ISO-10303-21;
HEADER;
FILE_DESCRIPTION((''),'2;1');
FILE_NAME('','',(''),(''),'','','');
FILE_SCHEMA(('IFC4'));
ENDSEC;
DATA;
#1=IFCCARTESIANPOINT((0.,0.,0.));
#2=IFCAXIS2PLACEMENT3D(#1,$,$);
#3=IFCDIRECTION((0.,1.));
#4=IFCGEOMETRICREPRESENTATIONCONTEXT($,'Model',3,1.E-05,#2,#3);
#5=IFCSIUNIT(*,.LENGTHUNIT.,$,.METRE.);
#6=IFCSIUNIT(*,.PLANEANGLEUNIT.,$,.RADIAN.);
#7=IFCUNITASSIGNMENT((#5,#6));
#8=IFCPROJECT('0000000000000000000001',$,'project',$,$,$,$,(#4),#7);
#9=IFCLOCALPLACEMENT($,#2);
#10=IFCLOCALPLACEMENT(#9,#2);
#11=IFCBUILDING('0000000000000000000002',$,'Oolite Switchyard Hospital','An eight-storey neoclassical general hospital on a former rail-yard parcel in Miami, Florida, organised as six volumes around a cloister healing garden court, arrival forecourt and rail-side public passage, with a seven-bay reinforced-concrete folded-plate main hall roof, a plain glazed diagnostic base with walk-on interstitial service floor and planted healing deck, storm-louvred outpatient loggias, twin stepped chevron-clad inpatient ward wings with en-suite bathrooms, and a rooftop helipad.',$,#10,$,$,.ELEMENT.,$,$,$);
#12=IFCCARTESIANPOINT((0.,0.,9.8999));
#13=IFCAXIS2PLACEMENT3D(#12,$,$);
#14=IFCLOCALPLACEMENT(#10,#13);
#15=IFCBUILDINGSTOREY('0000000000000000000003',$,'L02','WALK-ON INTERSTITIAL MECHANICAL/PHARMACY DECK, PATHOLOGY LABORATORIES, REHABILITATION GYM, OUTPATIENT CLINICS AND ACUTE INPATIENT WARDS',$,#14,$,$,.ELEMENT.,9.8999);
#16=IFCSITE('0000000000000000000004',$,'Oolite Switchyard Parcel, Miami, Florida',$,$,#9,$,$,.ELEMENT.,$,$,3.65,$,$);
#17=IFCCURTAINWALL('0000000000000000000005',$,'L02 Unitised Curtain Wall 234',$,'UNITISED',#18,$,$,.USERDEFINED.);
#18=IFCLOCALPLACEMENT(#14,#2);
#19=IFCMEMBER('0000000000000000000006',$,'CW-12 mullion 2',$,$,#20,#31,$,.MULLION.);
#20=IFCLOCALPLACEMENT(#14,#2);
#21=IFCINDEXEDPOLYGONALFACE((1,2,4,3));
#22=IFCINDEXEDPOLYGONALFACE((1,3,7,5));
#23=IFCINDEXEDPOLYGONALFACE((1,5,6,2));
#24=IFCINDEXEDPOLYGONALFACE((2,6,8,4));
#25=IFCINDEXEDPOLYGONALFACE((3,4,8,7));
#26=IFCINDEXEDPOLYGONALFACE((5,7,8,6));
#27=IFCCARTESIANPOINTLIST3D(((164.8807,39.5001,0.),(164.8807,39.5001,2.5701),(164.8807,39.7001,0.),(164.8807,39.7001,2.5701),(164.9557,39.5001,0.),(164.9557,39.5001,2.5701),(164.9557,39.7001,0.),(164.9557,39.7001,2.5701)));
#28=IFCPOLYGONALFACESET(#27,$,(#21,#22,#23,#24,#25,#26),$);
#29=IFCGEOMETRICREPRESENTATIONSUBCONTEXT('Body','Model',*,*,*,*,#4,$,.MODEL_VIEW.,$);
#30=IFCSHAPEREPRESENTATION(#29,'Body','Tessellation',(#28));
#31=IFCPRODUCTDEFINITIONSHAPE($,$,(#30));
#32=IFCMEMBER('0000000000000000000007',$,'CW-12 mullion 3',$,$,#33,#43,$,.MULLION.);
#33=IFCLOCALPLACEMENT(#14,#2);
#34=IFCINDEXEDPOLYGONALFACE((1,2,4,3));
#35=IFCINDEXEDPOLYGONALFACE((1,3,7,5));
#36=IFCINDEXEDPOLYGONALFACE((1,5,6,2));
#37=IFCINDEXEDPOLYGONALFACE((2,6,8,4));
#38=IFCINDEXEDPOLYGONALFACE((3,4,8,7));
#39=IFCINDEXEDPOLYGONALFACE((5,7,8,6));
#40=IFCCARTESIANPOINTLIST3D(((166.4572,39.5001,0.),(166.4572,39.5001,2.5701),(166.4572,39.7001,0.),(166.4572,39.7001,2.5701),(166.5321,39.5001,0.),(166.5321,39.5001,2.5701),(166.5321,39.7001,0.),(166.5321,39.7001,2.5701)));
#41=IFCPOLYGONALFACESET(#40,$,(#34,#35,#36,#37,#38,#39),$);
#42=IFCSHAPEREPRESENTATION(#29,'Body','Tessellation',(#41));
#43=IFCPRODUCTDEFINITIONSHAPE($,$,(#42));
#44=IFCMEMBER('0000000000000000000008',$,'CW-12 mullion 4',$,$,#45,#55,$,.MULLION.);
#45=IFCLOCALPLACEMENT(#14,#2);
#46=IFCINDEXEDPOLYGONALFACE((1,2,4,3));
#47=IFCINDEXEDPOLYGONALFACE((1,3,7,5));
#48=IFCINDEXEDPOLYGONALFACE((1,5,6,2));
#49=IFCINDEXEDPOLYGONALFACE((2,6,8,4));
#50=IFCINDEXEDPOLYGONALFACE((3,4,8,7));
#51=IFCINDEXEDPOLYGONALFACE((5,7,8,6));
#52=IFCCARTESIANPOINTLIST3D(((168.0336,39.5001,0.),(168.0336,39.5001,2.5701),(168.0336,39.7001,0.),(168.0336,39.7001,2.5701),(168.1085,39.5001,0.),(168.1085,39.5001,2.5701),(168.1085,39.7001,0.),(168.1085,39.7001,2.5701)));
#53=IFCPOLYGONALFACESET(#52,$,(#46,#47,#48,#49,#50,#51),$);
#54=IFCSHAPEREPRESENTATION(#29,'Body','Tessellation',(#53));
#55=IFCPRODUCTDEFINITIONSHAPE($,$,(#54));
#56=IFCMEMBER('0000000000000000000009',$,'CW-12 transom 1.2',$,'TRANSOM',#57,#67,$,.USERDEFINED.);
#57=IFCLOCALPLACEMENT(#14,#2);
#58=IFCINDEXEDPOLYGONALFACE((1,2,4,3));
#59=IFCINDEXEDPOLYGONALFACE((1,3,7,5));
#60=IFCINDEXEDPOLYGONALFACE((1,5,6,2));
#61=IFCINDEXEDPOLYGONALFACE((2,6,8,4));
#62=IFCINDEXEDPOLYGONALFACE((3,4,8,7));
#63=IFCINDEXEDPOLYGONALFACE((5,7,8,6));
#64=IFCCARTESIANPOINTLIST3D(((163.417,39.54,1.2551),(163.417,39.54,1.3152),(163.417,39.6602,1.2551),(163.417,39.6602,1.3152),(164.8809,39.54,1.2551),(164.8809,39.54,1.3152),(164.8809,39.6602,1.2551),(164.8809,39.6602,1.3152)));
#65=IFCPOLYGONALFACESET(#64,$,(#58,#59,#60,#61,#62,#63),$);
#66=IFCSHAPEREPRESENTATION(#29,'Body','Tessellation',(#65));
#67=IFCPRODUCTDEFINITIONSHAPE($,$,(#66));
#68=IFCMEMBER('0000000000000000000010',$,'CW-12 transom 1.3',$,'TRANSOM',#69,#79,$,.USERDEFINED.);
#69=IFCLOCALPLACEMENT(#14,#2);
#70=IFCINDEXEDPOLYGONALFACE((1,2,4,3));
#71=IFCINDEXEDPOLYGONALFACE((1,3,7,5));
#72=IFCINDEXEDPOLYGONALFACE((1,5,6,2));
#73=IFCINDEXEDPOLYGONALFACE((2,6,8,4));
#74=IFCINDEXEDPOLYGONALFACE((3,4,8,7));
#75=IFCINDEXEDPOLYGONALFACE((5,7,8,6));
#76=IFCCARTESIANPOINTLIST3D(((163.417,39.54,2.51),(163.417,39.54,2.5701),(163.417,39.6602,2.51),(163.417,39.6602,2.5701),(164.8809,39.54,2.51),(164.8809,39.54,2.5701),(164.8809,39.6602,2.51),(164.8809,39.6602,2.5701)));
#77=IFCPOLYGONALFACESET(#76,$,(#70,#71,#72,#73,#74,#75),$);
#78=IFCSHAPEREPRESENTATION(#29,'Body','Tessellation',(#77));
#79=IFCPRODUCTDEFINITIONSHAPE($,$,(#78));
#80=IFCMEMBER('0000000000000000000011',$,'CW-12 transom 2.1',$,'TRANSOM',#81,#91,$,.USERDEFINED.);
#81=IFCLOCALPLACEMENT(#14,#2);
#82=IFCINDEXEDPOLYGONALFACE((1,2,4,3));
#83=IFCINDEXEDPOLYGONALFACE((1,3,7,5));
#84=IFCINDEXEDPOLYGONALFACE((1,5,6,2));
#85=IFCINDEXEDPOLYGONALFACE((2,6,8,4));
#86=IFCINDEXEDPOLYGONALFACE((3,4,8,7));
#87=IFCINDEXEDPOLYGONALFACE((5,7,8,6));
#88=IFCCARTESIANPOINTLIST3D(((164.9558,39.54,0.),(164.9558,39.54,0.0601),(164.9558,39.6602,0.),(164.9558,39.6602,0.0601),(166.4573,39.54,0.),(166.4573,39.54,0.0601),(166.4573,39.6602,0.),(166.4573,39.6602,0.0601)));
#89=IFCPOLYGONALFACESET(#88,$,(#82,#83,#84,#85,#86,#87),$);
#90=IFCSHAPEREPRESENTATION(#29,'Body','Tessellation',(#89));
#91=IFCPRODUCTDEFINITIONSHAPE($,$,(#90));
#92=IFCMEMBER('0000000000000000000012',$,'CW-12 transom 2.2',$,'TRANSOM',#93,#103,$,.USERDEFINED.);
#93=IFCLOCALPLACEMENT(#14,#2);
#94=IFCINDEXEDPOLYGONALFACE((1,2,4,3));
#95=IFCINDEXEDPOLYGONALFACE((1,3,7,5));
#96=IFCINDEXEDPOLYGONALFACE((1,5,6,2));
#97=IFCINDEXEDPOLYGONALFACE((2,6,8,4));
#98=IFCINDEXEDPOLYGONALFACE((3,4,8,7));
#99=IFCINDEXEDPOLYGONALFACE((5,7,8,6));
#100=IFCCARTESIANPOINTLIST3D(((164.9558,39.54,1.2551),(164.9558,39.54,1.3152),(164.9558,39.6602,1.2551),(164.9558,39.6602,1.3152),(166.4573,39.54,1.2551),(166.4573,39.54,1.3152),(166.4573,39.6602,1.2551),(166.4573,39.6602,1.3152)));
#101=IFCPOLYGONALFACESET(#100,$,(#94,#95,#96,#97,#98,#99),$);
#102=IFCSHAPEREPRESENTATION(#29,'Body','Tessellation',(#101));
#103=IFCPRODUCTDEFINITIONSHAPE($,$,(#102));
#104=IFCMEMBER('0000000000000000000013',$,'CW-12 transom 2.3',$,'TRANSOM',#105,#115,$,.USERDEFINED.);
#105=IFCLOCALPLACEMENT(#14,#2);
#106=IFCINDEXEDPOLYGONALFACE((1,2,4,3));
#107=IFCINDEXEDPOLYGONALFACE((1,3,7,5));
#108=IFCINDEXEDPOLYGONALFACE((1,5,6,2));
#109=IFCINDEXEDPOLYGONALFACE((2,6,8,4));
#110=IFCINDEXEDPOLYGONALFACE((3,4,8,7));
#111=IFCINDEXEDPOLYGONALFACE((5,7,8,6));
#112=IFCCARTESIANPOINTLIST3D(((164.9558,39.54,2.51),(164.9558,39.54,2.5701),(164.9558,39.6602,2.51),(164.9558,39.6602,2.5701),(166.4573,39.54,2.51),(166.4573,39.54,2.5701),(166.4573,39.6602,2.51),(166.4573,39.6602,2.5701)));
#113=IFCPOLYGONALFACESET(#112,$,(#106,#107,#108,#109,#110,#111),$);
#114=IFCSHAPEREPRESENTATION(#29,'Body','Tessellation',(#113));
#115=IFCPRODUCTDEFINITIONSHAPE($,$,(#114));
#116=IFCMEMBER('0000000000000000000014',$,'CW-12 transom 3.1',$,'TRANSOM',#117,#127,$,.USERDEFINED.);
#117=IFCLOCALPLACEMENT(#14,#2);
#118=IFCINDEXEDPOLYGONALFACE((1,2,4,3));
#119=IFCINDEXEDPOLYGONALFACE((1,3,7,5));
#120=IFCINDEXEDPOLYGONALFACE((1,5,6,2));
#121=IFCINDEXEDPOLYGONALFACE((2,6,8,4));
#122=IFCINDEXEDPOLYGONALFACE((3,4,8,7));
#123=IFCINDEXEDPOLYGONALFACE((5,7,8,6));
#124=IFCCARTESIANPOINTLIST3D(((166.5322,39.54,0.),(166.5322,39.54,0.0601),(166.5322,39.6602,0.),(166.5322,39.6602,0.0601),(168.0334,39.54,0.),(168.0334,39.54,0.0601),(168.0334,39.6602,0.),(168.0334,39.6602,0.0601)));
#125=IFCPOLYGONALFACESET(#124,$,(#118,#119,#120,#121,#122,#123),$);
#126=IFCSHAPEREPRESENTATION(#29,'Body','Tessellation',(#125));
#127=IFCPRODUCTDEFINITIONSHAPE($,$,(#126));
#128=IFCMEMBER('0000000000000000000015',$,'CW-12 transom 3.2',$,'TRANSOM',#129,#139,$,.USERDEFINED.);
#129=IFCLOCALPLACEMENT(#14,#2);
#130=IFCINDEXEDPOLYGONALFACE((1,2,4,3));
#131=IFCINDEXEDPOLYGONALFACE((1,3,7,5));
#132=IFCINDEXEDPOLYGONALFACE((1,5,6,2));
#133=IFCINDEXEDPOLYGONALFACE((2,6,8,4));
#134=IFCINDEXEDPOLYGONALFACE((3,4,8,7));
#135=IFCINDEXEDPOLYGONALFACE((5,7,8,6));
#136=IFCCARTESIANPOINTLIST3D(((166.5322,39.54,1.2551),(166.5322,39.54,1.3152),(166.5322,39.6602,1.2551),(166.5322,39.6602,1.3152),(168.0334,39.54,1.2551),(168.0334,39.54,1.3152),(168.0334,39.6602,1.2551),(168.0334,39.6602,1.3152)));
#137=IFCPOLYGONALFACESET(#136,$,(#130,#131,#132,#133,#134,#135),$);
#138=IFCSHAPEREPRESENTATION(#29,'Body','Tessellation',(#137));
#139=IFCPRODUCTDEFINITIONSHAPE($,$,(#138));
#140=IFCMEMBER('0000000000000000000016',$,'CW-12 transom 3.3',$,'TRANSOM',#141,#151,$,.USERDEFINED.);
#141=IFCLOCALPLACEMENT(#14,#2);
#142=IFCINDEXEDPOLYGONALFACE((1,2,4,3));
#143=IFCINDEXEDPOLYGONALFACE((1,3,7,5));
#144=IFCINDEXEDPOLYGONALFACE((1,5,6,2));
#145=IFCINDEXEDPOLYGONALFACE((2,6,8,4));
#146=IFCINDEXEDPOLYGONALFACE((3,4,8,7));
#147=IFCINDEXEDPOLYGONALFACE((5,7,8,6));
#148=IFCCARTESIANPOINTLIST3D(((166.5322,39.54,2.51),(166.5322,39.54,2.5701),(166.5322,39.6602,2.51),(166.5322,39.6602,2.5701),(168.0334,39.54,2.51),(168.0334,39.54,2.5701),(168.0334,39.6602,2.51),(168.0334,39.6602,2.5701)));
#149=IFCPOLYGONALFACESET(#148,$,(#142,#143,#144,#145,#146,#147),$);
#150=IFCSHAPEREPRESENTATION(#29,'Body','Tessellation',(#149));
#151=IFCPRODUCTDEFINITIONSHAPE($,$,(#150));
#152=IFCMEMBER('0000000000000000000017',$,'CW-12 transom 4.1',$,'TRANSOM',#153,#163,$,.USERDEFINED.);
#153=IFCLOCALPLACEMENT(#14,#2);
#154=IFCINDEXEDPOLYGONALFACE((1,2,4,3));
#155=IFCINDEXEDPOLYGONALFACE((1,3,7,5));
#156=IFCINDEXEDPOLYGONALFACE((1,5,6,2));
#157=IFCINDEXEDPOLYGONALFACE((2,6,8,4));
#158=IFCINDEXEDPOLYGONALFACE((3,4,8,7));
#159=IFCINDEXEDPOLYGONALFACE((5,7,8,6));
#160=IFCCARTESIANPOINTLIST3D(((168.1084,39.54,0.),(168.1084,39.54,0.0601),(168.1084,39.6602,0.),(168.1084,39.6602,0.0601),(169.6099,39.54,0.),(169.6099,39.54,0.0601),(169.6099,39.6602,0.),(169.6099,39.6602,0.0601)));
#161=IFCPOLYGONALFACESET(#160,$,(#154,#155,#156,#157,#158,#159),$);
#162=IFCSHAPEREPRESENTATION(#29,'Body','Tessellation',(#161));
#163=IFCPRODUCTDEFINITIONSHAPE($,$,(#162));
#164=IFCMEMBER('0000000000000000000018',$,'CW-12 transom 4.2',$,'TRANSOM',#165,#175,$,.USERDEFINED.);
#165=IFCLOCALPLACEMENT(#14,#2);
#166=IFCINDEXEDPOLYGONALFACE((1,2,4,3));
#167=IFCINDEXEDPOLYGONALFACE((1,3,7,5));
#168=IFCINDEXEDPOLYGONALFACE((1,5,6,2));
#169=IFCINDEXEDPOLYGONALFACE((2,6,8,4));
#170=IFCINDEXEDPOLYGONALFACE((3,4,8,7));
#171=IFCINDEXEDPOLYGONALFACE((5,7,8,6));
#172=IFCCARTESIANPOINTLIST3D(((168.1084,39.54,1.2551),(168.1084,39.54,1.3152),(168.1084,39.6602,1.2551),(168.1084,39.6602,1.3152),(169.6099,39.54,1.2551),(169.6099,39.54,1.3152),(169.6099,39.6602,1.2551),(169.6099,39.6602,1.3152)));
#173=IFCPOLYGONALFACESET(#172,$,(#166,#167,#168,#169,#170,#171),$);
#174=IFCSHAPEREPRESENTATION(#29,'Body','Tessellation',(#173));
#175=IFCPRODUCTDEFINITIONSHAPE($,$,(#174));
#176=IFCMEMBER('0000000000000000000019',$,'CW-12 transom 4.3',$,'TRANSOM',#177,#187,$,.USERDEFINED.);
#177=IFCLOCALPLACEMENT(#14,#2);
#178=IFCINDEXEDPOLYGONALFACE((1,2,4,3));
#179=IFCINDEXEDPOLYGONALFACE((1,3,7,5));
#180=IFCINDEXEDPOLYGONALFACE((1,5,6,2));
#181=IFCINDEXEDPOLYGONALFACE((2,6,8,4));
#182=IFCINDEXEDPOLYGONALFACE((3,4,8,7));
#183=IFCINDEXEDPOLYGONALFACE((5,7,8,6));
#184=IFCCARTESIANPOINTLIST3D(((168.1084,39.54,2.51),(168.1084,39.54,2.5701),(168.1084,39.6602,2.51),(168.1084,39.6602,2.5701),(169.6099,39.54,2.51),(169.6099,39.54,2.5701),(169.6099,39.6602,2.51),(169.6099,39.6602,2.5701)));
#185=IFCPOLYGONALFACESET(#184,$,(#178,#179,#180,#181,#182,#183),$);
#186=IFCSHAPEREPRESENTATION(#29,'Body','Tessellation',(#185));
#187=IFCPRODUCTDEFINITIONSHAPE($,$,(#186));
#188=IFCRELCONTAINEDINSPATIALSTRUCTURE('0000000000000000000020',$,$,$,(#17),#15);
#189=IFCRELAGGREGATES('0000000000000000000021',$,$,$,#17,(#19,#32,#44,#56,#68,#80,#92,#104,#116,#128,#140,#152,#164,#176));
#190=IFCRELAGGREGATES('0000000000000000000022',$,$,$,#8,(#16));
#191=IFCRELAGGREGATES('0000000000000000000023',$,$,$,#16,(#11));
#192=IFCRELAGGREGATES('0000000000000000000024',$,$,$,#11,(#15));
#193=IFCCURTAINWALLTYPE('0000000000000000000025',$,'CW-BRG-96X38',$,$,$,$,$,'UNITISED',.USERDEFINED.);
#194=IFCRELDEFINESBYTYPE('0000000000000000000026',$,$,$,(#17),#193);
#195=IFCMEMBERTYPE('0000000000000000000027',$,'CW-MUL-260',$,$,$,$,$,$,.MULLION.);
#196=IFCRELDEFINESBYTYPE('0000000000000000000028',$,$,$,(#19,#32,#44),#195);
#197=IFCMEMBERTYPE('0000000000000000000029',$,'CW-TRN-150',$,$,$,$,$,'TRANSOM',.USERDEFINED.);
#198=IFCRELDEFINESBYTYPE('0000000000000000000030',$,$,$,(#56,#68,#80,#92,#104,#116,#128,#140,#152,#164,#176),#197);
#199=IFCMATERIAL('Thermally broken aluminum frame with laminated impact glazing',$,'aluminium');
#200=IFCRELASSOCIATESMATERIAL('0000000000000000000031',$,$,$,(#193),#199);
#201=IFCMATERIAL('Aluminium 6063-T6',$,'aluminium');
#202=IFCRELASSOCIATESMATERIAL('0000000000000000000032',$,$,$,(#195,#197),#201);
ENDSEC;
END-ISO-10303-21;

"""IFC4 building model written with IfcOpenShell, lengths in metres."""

from ifc_helpers import new_model, si_unit, direction, frame, origin, origin_2d, place, context, subcontext, project, spatial, rectangle, extrude, material, material_profile, profile_set, type_object, element, aggregate, save


model = new_model("IFC4")

# Units and contexts
model_context = context("Model", 3, precision=1e-05, world=origin(), true_north=direction((0.0, 1.0)))
body_context = subcontext(model_context, "Body", "Model", "MODEL_VIEW")
ifc_project = project(units=[si_unit("LENGTHUNIT", "METRE"), si_unit("PLANEANGLEUNIT", "RADIAN")], contexts=[model_context])

# Site, building, storey
site_placement = place(None, origin())
site = spatial("IfcSite", under=ifc_project, at=site_placement, Name="Oolite Switchyard Parcel, Miami, Florida", CompositionType="ELEMENT", RefElevation=3.65)
building_placement = place(site_placement, origin())
building = spatial("IfcBuilding", under=site, at=building_placement, Name="Oolite Switchyard Hospital", Description="An eight-storey neoclassical general hospital on a former rail-yard parcel in Miami, Florida, organised as six volumes around a cloister healing garden court, arrival forecourt and rail-side public passage, with a seven-bay reinforced-concrete folded-plate main hall roof, a plain glazed diagnostic base with walk-on interstitial service floor and planted healing deck, storm-louvred outpatient loggias, twin stepped chevron-clad inpatient ward wings with en-suite bathrooms, and a rooftop helipad.", CompositionType="ELEMENT")
storey_placement = place(building_placement, frame((0.0, 0.0, 9.8999)))
storey = spatial("IfcBuildingStorey", under=building, at=storey_placement, Name="L02", Description="WALK-ON INTERSTITIAL MECHANICAL/PHARMACY DECK, PATHOLOGY LABORATORIES, REHABILITATION GYM, OUTPATIENT CLINICS AND ACUTE INPATIENT WARDS", CompositionType="ELEMENT", Elevation=9.8999)

# Curtain wall, members
ifc_material_1 = material(Name="Thermally broken aluminum frame with laminated impact glazing", Category="aluminium")
curtain_wall_type = type_object("IfcCurtainWallType", Name="CW-BRG-96X38", ElementType="UNITISED", PredefinedType="USERDEFINED", material=ifc_material_1)
curtain_wall_placement = place(storey_placement, origin())
curtain_wall = element("IfcCurtainWall", 1, at=curtain_wall_placement, inside=storey, type_object=curtain_wall_type, Name="L02 Unitised Curtain Wall 234", ObjectType="UNITISED", PredefinedType="USERDEFINED")
ifc_material_2 = material(Name="Aluminium 6063-T6", Category="aluminium")
ifc_material_profile_1 = material_profile(ifc_material_2, rectangle(XDim=0.2, YDim=0.075, at=origin_2d()), Name="CWM75X200")
ifc_profile_set_1 = profile_set([ifc_material_profile_1], Name="Aluminium 6063-T6")
member_type_1 = type_object("IfcMemberType", Name="CW-MUL-260", PredefinedType="MULLION", material=ifc_profile_set_1)
member_1_placement = place(storey_placement, frame((164.9182, 39.6001, 0.0), z_axis=(0.0, 0.0, 1.0), x_axis=(0.0, 1.0, 0.0)))
member_1 = element("IfcMember", 2, at=member_1_placement, type_object=member_type_1, Name="CW-12 mullion 2", PredefinedType="MULLION", context=body_context, shape_type="SweptSolid", body=[
    extrude(rectangle(XDim=0.2, YDim=0.075, at=origin_2d()), origin(), (0.0, 0.0, 1.0), 2.5701),
])
member_2_placement = place(storey_placement, frame((166.4946, 39.6001, 0.0), z_axis=(0.0, 0.0, 1.0), x_axis=(0.0, 1.0, 0.0)))
member_2 = element("IfcMember", 3, at=member_2_placement, type_object=member_type_1, Name="CW-12 mullion 3", PredefinedType="MULLION", context=body_context, shape_type="SweptSolid", body=[
    extrude(rectangle(XDim=0.2, YDim=0.075, at=origin_2d()), origin(), (0.0, 0.0, 1.0), 2.5701),
])
member_3_placement = place(storey_placement, frame((168.071, 39.6001, 0.0), z_axis=(0.0, 0.0, 1.0), x_axis=(0.0, 1.0, 0.0)))
member_3 = element("IfcMember", 4, at=member_3_placement, type_object=member_type_1, Name="CW-12 mullion 4", PredefinedType="MULLION", context=body_context, shape_type="SweptSolid", body=[
    extrude(rectangle(XDim=0.2, YDim=0.075, at=origin_2d()), origin(), (0.0, 0.0, 1.0), 2.5701),
])
ifc_material_profile_2 = material_profile(ifc_material_2, rectangle(XDim=0.1201, YDim=0.0601, at=origin_2d()), Name="CWT60X120")
ifc_profile_set_2 = profile_set([ifc_material_profile_2], Name="Aluminium 6063-T6")
member_type_2 = type_object("IfcMemberType", Name="CW-TRN-150", ElementType="TRANSOM", PredefinedType="USERDEFINED", material=ifc_profile_set_2)
member_4_placement = place(storey_placement, frame((163.417, 39.6001, 1.2852), z_axis=(1.0, 0.0, 0.0), x_axis=(0.0, 1.0, 0.0)))
member_4 = element("IfcMember", 5, at=member_4_placement, type_object=member_type_2, Name="CW-12 transom 1.2", ObjectType="TRANSOM", PredefinedType="USERDEFINED", context=body_context, shape_type="SweptSolid", body=[
    extrude(rectangle(XDim=0.1201, YDim=0.0601, at=origin_2d()), origin(), (0.0, 0.0, 1.0), 1.4639),
])
member_5_placement = place(storey_placement, frame((163.417, 39.6001, 2.54), z_axis=(1.0, 0.0, 0.0), x_axis=(0.0, 1.0, 0.0)))
member_5 = element("IfcMember", 6, at=member_5_placement, type_object=member_type_2, Name="CW-12 transom 1.3", ObjectType="TRANSOM", PredefinedType="USERDEFINED", context=body_context, shape_type="SweptSolid", body=[
    extrude(rectangle(XDim=0.1201, YDim=0.0601, at=origin_2d()), origin(), (0.0, 0.0, 1.0), 1.4639),
])
member_6_placement = place(storey_placement, frame((164.9558, 39.6001, 0.03), z_axis=(1.0, 0.0, 0.0), x_axis=(0.0, 1.0, 0.0)))
member_6 = element("IfcMember", 7, at=member_6_placement, type_object=member_type_2, Name="CW-12 transom 2.1", ObjectType="TRANSOM", PredefinedType="USERDEFINED", context=body_context, shape_type="SweptSolid", body=[
    extrude(rectangle(XDim=0.1201, YDim=0.0601, at=origin_2d()), origin(), (0.0, 0.0, 1.0), 1.5015),
])
member_7_placement = place(storey_placement, frame((164.9558, 39.6001, 1.2852), z_axis=(1.0, 0.0, 0.0), x_axis=(0.0, 1.0, 0.0)))
member_7 = element("IfcMember", 8, at=member_7_placement, type_object=member_type_2, Name="CW-12 transom 2.2", ObjectType="TRANSOM", PredefinedType="USERDEFINED", context=body_context, shape_type="SweptSolid", body=[
    extrude(rectangle(XDim=0.1201, YDim=0.0601, at=origin_2d()), origin(), (0.0, 0.0, 1.0), 1.5015),
])
member_8_placement = place(storey_placement, frame((164.9558, 39.6001, 2.54), z_axis=(1.0, 0.0, 0.0), x_axis=(0.0, 1.0, 0.0)))
member_8 = element("IfcMember", 9, at=member_8_placement, type_object=member_type_2, Name="CW-12 transom 2.3", ObjectType="TRANSOM", PredefinedType="USERDEFINED", context=body_context, shape_type="SweptSolid", body=[
    extrude(rectangle(XDim=0.1201, YDim=0.0601, at=origin_2d()), origin(), (0.0, 0.0, 1.0), 1.5015),
])
member_9_placement = place(storey_placement, frame((166.5322, 39.6001, 0.03), z_axis=(1.0, 0.0, 0.0), x_axis=(0.0, 1.0, 0.0)))
member_9 = element("IfcMember", 10, at=member_9_placement, type_object=member_type_2, Name="CW-12 transom 3.1", ObjectType="TRANSOM", PredefinedType="USERDEFINED", context=body_context, shape_type="SweptSolid", body=[
    extrude(rectangle(XDim=0.1201, YDim=0.0601, at=origin_2d()), origin(), (0.0, 0.0, 1.0), 1.5012),
])
member_10_placement = place(storey_placement, frame((166.5322, 39.6001, 1.2852), z_axis=(1.0, 0.0, 0.0), x_axis=(0.0, 1.0, 0.0)))
member_10 = element("IfcMember", 11, at=member_10_placement, type_object=member_type_2, Name="CW-12 transom 3.2", ObjectType="TRANSOM", PredefinedType="USERDEFINED", context=body_context, shape_type="SweptSolid", body=[
    extrude(rectangle(XDim=0.1201, YDim=0.0601, at=origin_2d()), origin(), (0.0, 0.0, 1.0), 1.5012),
])
member_11_placement = place(storey_placement, frame((166.5322, 39.6001, 2.54), z_axis=(1.0, 0.0, 0.0), x_axis=(0.0, 1.0, 0.0)))
member_11 = element("IfcMember", 12, at=member_11_placement, type_object=member_type_2, Name="CW-12 transom 3.3", ObjectType="TRANSOM", PredefinedType="USERDEFINED", context=body_context, shape_type="SweptSolid", body=[
    extrude(rectangle(XDim=0.1201, YDim=0.0601, at=origin_2d()), origin(), (0.0, 0.0, 1.0), 1.5012),
])
member_12_placement = place(storey_placement, frame((168.1084, 39.6001, 0.03), z_axis=(1.0, 0.0, 0.0), x_axis=(0.0, 1.0, 0.0)))
member_12 = element("IfcMember", 13, at=member_12_placement, type_object=member_type_2, Name="CW-12 transom 4.1", ObjectType="TRANSOM", PredefinedType="USERDEFINED", context=body_context, shape_type="SweptSolid", body=[
    extrude(rectangle(XDim=0.1201, YDim=0.0601, at=origin_2d()), origin(), (0.0, 0.0, 1.0), 1.5015),
])
member_13_placement = place(storey_placement, frame((168.1084, 39.6001, 1.2852), z_axis=(1.0, 0.0, 0.0), x_axis=(0.0, 1.0, 0.0)))
member_13 = element("IfcMember", 14, at=member_13_placement, type_object=member_type_2, Name="CW-12 transom 4.2", ObjectType="TRANSOM", PredefinedType="USERDEFINED", context=body_context, shape_type="SweptSolid", body=[
    extrude(rectangle(XDim=0.1201, YDim=0.0601, at=origin_2d()), origin(), (0.0, 0.0, 1.0), 1.5015),
])
member_14_placement = place(storey_placement, frame((168.1084, 39.6001, 2.54), z_axis=(1.0, 0.0, 0.0), x_axis=(0.0, 1.0, 0.0)))
member_14 = element("IfcMember", 15, at=member_14_placement, type_object=member_type_2, Name="CW-12 transom 4.3", ObjectType="TRANSOM", PredefinedType="USERDEFINED", context=body_context, shape_type="SweptSolid", body=[
    extrude(rectangle(XDim=0.1201, YDim=0.0601, at=origin_2d()), origin(), (0.0, 0.0, 1.0), 1.5015),
])
aggregate(curtain_wall, [member_1, member_2, member_3, member_4, member_5, member_6, member_7, member_8, member_9, member_10, member_11, member_12, member_13, member_14])

save(model, "model.ifc")
